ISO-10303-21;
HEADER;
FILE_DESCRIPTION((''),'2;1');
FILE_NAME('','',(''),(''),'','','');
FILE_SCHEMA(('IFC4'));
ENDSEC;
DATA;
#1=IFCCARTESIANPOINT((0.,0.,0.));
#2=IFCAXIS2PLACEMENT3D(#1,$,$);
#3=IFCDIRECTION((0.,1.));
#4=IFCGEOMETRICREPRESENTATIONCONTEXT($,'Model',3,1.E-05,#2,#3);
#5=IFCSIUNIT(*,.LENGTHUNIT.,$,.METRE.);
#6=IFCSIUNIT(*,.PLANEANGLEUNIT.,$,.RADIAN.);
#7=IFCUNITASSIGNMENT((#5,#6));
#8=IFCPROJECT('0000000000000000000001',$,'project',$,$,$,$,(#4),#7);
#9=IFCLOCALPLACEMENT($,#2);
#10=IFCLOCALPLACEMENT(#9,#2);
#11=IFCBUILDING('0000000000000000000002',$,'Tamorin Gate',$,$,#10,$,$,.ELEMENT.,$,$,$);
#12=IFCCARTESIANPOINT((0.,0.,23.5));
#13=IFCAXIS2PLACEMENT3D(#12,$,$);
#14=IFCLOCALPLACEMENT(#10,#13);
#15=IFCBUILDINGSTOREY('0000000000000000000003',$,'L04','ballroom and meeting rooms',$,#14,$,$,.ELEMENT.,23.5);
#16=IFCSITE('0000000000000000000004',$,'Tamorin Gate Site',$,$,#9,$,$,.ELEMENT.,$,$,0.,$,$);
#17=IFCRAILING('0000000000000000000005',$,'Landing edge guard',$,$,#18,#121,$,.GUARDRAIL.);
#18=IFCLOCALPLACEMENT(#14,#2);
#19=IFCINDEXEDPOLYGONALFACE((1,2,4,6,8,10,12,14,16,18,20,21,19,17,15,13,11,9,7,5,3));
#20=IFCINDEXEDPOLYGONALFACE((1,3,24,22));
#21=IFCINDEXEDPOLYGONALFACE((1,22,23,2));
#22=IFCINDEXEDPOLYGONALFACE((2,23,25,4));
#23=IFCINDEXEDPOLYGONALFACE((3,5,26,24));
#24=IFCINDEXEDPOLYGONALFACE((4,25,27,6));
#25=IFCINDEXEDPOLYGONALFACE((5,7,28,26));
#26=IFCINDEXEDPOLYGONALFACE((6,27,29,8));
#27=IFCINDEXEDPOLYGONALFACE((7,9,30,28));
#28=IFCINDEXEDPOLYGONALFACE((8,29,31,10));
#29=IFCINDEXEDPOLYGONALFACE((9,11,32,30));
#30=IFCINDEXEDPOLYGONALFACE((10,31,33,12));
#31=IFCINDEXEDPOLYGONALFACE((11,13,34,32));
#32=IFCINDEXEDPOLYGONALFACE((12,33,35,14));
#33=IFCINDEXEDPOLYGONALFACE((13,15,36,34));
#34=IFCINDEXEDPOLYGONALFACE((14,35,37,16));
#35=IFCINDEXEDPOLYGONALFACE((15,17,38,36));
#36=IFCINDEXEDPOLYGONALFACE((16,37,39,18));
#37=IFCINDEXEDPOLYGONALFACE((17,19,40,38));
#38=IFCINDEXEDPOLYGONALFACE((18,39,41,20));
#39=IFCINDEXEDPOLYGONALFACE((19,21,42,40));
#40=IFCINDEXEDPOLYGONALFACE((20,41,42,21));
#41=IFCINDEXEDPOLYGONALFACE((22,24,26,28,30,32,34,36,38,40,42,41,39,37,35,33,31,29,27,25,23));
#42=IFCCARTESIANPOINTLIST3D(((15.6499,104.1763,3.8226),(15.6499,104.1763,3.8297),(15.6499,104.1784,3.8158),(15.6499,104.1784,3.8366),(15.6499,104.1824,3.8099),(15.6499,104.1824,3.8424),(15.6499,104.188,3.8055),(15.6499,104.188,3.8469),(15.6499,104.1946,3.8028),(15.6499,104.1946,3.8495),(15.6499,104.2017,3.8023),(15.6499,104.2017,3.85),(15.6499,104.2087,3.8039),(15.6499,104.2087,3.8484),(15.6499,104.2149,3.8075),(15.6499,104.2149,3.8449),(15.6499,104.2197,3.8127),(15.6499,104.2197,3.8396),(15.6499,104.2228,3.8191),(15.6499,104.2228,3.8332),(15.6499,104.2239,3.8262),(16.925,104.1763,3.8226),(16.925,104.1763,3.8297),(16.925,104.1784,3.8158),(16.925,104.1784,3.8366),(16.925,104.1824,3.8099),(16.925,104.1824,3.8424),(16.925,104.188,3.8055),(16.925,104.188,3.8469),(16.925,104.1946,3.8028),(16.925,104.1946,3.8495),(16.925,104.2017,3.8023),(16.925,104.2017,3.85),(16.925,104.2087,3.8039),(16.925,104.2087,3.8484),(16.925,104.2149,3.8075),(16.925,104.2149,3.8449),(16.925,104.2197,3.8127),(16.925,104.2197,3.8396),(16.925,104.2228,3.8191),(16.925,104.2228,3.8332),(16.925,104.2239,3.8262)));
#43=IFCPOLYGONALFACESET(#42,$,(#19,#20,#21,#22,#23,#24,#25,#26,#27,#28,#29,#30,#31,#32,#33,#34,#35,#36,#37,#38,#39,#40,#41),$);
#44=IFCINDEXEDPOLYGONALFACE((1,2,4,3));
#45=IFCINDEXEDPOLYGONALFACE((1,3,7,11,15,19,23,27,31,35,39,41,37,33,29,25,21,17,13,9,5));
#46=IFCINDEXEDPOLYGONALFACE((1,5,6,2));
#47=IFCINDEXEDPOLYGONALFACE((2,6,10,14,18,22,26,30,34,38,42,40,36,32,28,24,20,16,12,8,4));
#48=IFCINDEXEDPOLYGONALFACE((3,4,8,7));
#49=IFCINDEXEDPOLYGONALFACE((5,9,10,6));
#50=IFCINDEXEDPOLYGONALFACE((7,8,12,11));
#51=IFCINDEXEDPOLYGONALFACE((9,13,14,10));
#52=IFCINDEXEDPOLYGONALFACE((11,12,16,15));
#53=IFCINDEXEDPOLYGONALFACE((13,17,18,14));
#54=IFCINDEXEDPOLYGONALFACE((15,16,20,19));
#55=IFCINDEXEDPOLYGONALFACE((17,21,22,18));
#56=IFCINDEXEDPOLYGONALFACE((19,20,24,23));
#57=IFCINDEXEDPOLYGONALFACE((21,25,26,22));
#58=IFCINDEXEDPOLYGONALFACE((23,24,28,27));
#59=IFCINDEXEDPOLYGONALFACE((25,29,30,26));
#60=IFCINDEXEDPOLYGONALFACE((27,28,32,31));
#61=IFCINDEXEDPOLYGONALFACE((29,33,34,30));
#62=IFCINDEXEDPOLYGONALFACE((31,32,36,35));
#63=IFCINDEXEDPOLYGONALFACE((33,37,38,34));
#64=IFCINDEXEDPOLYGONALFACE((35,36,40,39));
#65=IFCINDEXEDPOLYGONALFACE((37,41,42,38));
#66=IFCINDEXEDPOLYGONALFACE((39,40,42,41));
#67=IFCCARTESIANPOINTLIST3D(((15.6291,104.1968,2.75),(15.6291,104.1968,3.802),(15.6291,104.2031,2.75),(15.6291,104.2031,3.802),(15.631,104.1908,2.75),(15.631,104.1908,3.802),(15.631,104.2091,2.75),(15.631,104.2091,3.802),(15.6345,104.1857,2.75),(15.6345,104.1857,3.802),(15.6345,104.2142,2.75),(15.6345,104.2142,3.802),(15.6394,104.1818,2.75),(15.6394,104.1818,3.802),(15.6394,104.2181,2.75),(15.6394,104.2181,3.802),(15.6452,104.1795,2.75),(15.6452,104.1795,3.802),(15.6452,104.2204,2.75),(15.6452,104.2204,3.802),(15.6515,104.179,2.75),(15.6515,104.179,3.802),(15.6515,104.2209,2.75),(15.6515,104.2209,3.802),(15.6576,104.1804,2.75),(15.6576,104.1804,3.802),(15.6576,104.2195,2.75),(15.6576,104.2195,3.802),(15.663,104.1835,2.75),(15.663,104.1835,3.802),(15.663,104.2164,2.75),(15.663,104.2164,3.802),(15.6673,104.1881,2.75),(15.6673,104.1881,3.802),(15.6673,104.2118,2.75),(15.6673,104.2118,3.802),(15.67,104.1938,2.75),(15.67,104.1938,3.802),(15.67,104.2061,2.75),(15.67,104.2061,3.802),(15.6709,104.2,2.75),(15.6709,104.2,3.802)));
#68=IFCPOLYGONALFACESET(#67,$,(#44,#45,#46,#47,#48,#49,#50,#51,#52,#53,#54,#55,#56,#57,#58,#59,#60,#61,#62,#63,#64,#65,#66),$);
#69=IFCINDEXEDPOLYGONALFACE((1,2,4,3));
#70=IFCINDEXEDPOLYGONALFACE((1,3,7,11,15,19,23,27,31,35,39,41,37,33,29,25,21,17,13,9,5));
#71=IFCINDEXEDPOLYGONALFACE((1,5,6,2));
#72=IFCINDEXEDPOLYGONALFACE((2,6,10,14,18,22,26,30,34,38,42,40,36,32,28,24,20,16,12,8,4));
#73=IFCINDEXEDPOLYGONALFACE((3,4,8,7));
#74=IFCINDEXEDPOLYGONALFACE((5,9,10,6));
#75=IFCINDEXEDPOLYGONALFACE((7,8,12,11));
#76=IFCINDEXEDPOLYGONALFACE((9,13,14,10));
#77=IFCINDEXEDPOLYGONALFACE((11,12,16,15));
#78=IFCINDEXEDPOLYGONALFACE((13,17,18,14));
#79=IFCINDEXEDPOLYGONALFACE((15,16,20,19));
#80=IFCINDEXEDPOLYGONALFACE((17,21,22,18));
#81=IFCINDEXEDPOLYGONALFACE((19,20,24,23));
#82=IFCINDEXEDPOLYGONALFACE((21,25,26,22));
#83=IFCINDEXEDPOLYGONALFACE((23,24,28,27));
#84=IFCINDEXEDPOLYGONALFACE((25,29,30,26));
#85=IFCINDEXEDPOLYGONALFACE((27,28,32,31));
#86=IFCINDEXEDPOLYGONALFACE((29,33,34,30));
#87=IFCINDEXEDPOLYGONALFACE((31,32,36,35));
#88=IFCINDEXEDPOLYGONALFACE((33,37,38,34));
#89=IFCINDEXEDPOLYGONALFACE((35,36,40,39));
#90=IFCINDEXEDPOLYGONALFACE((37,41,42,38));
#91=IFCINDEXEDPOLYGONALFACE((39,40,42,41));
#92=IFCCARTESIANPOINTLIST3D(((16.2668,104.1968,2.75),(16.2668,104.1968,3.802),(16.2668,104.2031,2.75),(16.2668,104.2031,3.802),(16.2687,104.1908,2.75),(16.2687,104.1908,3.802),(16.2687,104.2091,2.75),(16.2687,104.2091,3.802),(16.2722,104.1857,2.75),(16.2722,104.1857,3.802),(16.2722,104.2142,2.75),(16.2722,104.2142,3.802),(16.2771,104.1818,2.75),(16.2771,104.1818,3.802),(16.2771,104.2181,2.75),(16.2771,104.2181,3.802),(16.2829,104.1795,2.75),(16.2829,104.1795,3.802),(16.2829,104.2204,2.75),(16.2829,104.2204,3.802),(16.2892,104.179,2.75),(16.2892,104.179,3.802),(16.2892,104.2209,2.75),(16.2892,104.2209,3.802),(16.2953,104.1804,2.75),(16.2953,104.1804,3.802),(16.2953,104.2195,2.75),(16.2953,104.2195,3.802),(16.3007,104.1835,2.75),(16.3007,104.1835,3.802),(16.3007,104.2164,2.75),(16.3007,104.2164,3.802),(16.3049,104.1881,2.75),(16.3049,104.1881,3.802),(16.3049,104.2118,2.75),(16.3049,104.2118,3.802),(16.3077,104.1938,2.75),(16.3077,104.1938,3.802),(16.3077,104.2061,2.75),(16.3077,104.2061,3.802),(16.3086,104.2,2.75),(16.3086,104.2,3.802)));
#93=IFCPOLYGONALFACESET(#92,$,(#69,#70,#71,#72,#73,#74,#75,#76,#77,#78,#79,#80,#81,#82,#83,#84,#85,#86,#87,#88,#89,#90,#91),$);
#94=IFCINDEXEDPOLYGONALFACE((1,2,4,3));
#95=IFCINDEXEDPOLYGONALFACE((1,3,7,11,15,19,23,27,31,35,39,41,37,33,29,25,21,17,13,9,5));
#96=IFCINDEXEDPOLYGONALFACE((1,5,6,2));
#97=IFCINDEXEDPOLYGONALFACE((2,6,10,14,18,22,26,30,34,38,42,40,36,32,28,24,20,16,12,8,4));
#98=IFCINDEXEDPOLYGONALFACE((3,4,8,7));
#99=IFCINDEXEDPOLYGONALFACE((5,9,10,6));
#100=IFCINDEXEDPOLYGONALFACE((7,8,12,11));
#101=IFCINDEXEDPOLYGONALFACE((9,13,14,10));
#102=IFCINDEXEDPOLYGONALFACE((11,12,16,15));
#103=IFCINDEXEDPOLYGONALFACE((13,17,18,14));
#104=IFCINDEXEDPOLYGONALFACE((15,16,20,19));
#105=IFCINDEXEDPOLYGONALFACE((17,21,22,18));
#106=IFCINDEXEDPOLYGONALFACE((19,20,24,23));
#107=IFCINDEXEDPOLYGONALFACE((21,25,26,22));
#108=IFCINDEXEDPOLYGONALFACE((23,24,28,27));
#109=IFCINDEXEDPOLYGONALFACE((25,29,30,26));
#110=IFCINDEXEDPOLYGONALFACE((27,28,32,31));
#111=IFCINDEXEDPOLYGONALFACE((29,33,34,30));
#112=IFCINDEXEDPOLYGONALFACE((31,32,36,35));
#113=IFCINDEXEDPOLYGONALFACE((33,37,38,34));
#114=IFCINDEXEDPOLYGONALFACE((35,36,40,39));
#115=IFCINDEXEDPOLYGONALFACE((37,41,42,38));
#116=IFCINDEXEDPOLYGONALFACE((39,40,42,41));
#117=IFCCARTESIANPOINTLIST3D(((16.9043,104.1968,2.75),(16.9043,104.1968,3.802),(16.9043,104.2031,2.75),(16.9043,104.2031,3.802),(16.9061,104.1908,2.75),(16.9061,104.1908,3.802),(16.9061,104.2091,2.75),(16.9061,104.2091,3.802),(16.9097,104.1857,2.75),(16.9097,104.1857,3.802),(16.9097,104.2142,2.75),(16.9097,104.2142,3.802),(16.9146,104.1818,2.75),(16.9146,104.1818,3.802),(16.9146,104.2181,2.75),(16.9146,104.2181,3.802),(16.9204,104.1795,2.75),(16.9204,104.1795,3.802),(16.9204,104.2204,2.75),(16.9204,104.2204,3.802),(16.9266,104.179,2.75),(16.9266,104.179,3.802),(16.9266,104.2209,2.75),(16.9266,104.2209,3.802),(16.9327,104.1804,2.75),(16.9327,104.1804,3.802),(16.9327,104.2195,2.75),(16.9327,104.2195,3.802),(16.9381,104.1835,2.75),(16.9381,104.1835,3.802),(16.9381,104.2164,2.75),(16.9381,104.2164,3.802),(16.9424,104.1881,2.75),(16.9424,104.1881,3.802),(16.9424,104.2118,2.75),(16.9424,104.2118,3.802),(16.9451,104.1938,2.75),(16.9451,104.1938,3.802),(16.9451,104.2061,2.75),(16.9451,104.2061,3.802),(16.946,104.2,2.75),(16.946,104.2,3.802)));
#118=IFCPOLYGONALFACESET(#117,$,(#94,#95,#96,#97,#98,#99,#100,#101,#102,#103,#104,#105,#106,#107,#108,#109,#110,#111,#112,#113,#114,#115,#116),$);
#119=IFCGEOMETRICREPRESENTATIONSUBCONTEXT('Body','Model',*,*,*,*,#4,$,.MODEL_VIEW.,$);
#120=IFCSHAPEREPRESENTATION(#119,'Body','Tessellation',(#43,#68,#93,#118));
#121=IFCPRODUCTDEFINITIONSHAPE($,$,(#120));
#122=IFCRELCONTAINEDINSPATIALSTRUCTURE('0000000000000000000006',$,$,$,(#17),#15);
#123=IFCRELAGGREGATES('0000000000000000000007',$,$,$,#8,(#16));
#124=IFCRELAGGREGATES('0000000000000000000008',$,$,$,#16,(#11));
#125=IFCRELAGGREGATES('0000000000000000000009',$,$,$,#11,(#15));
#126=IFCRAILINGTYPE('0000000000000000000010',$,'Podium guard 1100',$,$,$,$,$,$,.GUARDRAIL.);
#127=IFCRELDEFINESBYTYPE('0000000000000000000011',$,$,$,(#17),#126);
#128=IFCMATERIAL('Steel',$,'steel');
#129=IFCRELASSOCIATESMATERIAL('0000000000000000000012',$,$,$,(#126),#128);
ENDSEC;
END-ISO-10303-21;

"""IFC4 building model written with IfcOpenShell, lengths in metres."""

from ifc_helpers import new_model, si_unit, direction, frame, origin, origin_2d, place, context, subcontext, project, spatial, circle, extrude, material, type_object, element, save


model = new_model("IFC4")

# Units and contexts
model_context = context("Model", 3, precision=1e-05, world=origin(), true_north=direction((0.0, 1.0)))
body_context = subcontext(model_context, "Body", "Model", "MODEL_VIEW")
ifc_project = project(units=[si_unit("LENGTHUNIT", "METRE"), si_unit("PLANEANGLEUNIT", "RADIAN")], contexts=[model_context])

# Site, building, storey
site_placement = place(None, origin())
site = spatial("IfcSite", under=ifc_project, at=site_placement, Name="Tamorin Gate Site", CompositionType="ELEMENT", RefElevation=0.0)
building_placement = place(site_placement, origin())
building = spatial("IfcBuilding", under=site, at=building_placement, Name="Tamorin Gate", CompositionType="ELEMENT")
storey_placement = place(building_placement, frame((0.0, 0.0, 23.5)))
storey = spatial("IfcBuildingStorey", under=building, at=storey_placement, Name="L04", Description="ballroom and meeting rooms", CompositionType="ELEMENT", Elevation=23.5)

# Railing
ifc_material_1 = material(Name="Steel", Category="steel")
railing_type_1 = type_object("IfcRailingType", Name="Podium guard 1100", PredefinedType="GUARDRAIL", material=ifc_material_1)
railing_1_placement = place(storey_placement, frame((15.6499, 104.2, 2.75)))
element("IfcRailing", 1, at=railing_1_placement, inside=storey, type_object=railing_type_1, Name="Landing edge guard", PredefinedType="GUARDRAIL", context=body_context, shape_type="SweptSolid", body=[
    extrude(circle(Radius=0.0239, at=origin_2d()), frame((0.0, 0.0, 1.0762), z_axis=(1.0, 0.0, 0.0), x_axis=(0.0, 1.0, 0.0)), (0.0, 0.0, 1.0), 1.2751),
    extrude(circle(Radius=0.021, at=origin_2d()), origin(), (0.0, 0.0, 1.0), 1.052),
    extrude(circle(Radius=0.021, at=origin_2d()), frame((0.6377, 0.0, 0.0)), (0.0, 0.0, 1.0), 1.052),
    extrude(circle(Radius=0.021, at=origin_2d()), frame((1.2751, 0.0, 0.0)), (0.0, 0.0, 1.0), 1.052),
])

save(model, "model.ifc")
